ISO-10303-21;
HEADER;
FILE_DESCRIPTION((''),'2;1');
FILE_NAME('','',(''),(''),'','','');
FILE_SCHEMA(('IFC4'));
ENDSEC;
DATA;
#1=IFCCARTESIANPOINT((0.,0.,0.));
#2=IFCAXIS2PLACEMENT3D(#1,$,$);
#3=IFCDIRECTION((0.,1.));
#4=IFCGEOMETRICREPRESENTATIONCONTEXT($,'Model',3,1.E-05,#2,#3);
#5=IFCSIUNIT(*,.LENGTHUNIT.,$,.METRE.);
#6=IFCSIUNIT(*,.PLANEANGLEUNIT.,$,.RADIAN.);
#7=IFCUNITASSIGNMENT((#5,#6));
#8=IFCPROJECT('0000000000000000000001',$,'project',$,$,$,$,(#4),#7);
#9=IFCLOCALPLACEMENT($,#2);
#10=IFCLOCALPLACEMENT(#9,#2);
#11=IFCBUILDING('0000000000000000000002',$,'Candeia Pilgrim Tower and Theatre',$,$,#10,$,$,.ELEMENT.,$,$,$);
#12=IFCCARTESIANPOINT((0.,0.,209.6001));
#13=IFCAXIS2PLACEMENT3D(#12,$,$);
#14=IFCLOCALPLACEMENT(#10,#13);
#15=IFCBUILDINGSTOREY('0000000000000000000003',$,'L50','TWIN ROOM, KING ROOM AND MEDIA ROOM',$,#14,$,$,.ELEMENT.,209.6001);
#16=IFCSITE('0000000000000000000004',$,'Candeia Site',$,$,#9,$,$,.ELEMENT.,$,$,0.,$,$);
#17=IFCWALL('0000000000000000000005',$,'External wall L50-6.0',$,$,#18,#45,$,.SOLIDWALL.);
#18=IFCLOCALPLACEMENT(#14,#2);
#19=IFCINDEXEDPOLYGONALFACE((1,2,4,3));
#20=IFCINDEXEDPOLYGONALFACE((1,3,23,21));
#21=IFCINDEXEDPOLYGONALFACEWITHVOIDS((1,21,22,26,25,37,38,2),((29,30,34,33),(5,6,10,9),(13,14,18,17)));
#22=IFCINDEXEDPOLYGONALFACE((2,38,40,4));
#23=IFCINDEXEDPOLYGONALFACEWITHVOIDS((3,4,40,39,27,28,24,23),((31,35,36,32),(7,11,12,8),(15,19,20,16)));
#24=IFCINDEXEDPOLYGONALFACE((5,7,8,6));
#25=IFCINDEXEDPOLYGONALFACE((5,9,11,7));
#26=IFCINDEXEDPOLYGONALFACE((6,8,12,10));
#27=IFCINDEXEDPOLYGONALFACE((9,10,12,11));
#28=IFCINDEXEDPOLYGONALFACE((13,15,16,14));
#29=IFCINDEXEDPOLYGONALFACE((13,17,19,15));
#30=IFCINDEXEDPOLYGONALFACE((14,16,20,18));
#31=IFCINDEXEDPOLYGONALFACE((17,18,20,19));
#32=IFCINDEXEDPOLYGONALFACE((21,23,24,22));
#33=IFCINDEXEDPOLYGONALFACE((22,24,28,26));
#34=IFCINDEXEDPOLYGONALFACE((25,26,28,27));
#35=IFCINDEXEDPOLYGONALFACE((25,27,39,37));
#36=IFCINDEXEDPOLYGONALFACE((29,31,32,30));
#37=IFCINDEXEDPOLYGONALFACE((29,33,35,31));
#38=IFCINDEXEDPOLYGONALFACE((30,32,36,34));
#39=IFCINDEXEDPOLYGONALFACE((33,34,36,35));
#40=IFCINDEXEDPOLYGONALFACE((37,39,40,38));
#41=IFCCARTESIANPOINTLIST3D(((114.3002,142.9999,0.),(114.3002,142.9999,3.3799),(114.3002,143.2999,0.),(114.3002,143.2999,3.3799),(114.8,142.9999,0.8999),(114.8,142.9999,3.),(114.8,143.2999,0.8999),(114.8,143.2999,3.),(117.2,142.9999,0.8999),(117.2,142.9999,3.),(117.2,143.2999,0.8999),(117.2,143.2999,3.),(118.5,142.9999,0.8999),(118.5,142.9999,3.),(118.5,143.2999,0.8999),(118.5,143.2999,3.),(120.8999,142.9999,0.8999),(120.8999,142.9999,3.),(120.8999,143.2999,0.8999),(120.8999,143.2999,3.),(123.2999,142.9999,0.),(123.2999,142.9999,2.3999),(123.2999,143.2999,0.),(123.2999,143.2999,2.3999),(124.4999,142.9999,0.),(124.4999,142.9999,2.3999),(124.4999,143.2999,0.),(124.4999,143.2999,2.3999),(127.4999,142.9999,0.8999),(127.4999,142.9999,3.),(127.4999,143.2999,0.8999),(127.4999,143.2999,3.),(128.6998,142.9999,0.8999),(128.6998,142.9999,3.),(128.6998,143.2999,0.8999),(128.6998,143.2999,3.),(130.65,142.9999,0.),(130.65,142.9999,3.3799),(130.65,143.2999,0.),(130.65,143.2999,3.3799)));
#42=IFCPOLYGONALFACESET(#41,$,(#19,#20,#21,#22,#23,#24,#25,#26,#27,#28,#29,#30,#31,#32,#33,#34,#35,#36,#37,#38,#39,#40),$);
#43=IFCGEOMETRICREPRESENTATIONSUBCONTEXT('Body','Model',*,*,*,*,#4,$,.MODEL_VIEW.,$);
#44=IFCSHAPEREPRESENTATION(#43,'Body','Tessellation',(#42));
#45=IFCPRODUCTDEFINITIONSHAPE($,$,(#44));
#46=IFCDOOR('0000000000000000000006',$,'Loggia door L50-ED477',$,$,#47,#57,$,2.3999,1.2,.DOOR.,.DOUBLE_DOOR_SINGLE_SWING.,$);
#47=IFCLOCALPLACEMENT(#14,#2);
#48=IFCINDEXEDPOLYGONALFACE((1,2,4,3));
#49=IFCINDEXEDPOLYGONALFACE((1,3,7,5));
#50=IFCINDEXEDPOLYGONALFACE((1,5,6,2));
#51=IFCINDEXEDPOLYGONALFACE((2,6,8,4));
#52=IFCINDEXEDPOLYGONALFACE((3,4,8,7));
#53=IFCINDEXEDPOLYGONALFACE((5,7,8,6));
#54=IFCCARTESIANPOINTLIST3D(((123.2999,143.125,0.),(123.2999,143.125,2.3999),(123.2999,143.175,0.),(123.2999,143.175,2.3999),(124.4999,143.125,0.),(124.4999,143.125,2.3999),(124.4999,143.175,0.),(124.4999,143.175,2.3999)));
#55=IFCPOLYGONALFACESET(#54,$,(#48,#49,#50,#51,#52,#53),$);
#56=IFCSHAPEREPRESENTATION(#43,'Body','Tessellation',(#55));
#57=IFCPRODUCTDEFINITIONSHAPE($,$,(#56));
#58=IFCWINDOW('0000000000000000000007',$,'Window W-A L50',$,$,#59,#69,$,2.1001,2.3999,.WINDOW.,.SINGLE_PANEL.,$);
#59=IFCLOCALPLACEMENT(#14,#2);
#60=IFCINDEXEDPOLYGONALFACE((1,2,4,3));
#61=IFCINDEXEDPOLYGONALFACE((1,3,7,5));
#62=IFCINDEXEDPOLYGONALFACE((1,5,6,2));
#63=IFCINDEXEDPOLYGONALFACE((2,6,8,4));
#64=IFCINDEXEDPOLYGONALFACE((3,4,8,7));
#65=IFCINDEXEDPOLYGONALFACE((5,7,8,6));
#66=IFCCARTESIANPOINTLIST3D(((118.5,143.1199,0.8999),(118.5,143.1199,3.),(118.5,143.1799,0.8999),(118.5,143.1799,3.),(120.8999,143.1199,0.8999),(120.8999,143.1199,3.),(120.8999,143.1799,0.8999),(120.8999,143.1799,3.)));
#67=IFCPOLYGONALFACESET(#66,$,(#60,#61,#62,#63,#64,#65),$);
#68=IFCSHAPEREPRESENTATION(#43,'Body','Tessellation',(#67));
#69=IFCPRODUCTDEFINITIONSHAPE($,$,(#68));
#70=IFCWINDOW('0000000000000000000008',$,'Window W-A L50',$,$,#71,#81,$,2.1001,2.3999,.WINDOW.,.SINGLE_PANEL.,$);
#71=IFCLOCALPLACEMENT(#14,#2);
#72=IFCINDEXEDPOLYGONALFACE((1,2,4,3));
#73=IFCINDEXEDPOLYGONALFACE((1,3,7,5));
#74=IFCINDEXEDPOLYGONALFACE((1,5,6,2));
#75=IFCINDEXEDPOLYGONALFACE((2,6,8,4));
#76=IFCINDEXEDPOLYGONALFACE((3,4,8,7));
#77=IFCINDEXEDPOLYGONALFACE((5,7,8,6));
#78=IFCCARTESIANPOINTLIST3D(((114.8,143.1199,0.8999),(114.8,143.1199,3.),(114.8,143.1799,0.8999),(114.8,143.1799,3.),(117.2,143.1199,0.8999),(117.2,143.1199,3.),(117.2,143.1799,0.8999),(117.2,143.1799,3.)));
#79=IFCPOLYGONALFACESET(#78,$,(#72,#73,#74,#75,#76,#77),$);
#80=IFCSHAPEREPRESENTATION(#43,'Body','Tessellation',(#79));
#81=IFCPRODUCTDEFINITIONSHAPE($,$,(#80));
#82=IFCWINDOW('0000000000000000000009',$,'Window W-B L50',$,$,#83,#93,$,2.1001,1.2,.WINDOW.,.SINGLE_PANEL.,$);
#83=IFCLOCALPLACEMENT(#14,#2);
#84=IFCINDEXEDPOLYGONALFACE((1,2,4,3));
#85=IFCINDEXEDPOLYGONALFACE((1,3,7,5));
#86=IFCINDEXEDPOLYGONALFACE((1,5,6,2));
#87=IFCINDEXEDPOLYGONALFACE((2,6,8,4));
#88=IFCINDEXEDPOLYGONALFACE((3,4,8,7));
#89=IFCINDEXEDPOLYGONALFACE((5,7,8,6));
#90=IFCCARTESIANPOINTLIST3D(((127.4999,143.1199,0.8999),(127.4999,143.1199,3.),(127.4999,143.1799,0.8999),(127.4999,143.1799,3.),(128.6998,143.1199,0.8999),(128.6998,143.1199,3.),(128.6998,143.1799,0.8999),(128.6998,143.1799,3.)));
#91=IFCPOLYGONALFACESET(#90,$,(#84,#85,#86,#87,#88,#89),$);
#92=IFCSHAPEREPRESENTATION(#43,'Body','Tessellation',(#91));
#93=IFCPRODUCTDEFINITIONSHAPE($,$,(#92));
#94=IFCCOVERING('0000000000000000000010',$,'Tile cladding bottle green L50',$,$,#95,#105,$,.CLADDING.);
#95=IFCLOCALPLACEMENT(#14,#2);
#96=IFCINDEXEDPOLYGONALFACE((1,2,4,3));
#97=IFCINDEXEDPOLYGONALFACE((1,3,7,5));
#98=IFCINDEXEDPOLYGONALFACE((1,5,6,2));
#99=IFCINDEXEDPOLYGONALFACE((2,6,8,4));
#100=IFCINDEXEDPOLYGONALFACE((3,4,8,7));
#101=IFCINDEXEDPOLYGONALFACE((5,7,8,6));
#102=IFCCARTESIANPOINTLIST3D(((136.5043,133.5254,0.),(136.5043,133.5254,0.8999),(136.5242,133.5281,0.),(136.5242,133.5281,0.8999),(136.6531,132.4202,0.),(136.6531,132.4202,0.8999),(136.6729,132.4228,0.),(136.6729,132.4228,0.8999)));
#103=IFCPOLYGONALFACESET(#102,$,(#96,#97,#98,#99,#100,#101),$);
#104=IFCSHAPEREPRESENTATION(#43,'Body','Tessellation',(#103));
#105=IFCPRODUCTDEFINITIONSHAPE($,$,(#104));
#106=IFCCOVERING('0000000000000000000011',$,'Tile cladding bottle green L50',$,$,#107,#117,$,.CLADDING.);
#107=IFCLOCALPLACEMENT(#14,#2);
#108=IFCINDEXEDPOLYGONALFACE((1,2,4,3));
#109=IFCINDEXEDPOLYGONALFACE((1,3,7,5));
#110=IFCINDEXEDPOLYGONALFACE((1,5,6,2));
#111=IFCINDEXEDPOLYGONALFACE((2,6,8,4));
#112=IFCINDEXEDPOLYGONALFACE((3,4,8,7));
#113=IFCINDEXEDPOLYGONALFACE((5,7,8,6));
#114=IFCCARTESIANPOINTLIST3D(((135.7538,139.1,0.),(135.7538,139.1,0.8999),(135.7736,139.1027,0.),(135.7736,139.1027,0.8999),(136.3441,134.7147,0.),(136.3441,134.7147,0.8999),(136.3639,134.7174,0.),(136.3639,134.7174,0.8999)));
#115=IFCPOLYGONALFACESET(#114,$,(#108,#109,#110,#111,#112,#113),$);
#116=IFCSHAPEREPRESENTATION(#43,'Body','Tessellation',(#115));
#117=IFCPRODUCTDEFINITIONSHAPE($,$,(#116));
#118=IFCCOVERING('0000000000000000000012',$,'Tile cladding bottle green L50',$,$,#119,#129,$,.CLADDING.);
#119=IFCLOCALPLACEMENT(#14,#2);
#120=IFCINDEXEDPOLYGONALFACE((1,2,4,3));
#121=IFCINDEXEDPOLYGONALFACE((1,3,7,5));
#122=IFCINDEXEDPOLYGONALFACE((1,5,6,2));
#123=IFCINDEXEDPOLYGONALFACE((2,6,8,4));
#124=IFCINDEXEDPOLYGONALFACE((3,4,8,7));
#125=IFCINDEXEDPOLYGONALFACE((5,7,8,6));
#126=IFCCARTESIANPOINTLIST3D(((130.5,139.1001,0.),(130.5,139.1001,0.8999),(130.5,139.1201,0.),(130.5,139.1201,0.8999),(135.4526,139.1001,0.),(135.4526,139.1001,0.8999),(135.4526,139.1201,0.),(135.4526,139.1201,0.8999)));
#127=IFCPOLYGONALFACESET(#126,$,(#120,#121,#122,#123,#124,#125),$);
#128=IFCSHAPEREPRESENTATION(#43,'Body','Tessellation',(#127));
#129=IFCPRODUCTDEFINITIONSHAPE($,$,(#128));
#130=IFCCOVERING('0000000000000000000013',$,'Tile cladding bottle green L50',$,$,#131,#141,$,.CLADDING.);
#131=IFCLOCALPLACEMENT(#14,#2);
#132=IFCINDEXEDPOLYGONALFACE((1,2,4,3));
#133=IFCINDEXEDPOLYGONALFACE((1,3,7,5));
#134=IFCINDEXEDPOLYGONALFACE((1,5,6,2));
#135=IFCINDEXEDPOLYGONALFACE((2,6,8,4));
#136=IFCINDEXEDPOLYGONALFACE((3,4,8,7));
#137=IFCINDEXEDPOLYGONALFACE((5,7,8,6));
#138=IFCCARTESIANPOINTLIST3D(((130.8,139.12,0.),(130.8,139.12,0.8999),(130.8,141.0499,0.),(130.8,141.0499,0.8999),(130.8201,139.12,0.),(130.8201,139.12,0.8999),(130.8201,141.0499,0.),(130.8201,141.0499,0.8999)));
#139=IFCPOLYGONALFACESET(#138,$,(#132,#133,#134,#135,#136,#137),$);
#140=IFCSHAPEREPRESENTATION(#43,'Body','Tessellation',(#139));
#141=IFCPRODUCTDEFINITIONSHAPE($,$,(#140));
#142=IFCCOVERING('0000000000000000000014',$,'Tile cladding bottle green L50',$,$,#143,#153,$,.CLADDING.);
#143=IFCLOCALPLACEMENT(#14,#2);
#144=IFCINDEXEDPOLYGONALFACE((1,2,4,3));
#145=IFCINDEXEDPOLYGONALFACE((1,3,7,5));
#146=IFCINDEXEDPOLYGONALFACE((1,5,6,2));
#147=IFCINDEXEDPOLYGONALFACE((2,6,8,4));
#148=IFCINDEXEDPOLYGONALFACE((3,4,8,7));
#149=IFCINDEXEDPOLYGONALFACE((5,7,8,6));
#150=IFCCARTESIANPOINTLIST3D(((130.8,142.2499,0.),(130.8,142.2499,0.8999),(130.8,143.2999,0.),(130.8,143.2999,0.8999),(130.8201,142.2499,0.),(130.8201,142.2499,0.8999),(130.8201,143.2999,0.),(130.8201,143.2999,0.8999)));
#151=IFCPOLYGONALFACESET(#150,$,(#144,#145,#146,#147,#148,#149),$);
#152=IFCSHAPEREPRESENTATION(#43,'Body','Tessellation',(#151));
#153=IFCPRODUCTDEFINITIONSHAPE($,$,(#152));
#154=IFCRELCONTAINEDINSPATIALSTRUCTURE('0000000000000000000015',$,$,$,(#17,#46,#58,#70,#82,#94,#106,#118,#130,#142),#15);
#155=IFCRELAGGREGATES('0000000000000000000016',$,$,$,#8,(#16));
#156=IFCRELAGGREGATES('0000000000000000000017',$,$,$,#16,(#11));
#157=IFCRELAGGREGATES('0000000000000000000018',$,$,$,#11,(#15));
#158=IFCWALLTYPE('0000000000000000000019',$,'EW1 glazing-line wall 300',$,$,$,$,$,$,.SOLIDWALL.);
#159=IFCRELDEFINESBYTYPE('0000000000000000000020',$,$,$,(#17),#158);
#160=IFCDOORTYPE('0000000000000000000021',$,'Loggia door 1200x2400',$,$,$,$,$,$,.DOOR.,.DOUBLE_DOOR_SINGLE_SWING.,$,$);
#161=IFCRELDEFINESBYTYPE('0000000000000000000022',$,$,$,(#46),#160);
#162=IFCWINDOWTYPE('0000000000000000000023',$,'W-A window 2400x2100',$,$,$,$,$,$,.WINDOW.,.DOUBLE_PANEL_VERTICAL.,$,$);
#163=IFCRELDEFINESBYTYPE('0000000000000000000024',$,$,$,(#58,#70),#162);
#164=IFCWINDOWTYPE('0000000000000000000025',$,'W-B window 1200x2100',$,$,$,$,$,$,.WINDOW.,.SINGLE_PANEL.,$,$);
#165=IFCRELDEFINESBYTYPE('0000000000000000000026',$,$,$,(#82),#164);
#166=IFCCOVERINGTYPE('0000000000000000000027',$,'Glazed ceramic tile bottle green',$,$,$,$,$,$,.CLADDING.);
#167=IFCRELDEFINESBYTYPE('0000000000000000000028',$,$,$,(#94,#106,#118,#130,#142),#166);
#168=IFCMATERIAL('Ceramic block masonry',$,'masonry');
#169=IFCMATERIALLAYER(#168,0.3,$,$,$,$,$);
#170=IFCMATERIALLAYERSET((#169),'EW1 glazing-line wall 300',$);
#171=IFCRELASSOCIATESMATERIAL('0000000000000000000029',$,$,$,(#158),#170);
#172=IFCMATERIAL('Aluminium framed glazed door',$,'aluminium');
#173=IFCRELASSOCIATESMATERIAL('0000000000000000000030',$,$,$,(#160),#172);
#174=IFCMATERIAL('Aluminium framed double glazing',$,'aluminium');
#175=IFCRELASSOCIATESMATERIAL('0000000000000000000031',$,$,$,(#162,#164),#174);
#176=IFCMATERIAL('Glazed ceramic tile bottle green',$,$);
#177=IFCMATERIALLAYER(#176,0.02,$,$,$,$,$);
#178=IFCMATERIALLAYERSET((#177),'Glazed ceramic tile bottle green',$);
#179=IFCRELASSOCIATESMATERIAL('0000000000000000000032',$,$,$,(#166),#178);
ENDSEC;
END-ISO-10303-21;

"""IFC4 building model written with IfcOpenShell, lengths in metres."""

from ifc_helpers import new_model, si_unit, direction, frame, frame_2d, origin, origin_2d, place, context, subcontext, project, spatial, rectangle, extrude, material, layer, layer_set, type_object, element, fill, save


model = new_model("IFC4")

# Units and contexts
model_context = context("Model", 3, precision=1e-05, world=origin(), true_north=direction((0.0, 1.0)))
body_context = subcontext(model_context, "Body", "Model", "MODEL_VIEW")
ifc_project = project(units=[si_unit("LENGTHUNIT", "METRE"), si_unit("PLANEANGLEUNIT", "RADIAN")], contexts=[model_context])

# Site, building, storey
site_placement = place(None, origin())
site = spatial("IfcSite", under=ifc_project, at=site_placement, Name="Candeia Site", CompositionType="ELEMENT", RefElevation=0.0)
building_placement = place(site_placement, origin())
building = spatial("IfcBuilding", under=site, at=building_placement, Name="Candeia Pilgrim Tower and Theatre", CompositionType="ELEMENT")
storey_placement = place(building_placement, frame((0.0, 0.0, 209.6001)))
storey = spatial("IfcBuildingStorey", under=building, at=storey_placement, Name="L50", Description="TWIN ROOM, KING ROOM AND MEDIA ROOM", CompositionType="ELEMENT", Elevation=209.6001)

# Shared definitions
ifc_material_1 = material(Name="Ceramic block masonry", Category="masonry")
ifc_layer_1 = layer(ifc_material_1, 0.3)
ifc_layer_set_1 = layer_set([ifc_layer_1], Name="EW1 glazing-line wall 300")
wall_type = type_object("IfcWallType", Name="EW1 glazing-line wall 300", PredefinedType="SOLIDWALL", material=ifc_layer_set_1)
ifc_material_2 = material(Name="Aluminium framed glazed door", Category="aluminium")
door_type = type_object("IfcDoorType", Name="Loggia door 1200x2400", OperationType="DOUBLE_DOOR_SINGLE_SWING", PredefinedType="DOOR", material=ifc_material_2)
ifc_material_3 = material(Name="Aluminium framed double glazing", Category="aluminium")
window_type_1 = type_object("IfcWindowType", Name="W-A window 2400x2100", PartitioningType="DOUBLE_PANEL_VERTICAL", PredefinedType="WINDOW", material=ifc_material_3)

# Shared definitions
window_type_2 = type_object("IfcWindowType", Name="W-B window 1200x2100", PartitioningType="SINGLE_PANEL", PredefinedType="WINDOW", material=ifc_material_3)

# Wall, openings, door, windows
wall_1_placement = place(storey_placement, frame((130.6499, 143.1499, 0.0), z_axis=(0.0, 0.0, 1.0), x_axis=(-1.0, 0.0, 0.0)))
wall_1 = element("IfcWall", 1, at=wall_1_placement, inside=storey, type_object=wall_type, Name="External wall L50-6.0", PredefinedType="SOLIDWALL", context=body_context, shape_type="SweptSolid", body=[
    extrude(rectangle(XDim=16.3499, YDim=0.3, at=frame_2d((8.1748, 0.0))), origin(), (0.0, 0.0, 1.0), 3.3799),
])
opening_1_placement = place(wall_1_placement, frame((1.95, 0.0, 0.8999)))
opening_1 = element("IfcOpeningElement", 2, at=opening_1_placement, cuts=wall_1, PredefinedType="OPENING", context=body_context, shape_type="SweptSolid", body=[
    extrude(rectangle(XDim=1.2, YDim=2.1001, at=frame_2d((0.6001, 1.05))), frame((0.0, 0.1602, 0.0), z_axis=(0.0, -1.0, 0.0), x_axis=(1.0, 0.0, 0.0)), (0.0, 0.0, 1.0), 0.3201),
])
opening_2_placement = place(wall_1_placement, frame((6.1499, 0.0, 0.0)))
opening_2 = element("IfcOpeningElement", 3, at=opening_2_placement, cuts=wall_1, PredefinedType="OPENING", context=body_context, shape_type="SweptSolid", body=[
    extrude(rectangle(XDim=1.2, YDim=2.3999, at=frame_2d((0.6001, 1.2))), frame((0.0, 0.1602, 0.0), z_axis=(0.0, -1.0, 0.0), x_axis=(1.0, 0.0, 0.0)), (0.0, 0.0, 1.0), 0.3201),
])
opening_3_placement = place(wall_1_placement, frame((9.75, 0.0, 0.8999)))
opening_3 = element("IfcOpeningElement", 4, at=opening_3_placement, cuts=wall_1, PredefinedType="OPENING", context=body_context, shape_type="SweptSolid", body=[
    extrude(rectangle(XDim=2.3999, YDim=2.1001, at=frame_2d((1.2, 1.05))), frame((0.0, 0.1602, 0.0), z_axis=(0.0, -1.0, 0.0), x_axis=(1.0, 0.0, 0.0)), (0.0, 0.0, 1.0), 0.3201),
])
opening_4_placement = place(wall_1_placement, frame((13.45, 0.0, 0.8999)))
opening_4 = element("IfcOpeningElement", 5, at=opening_4_placement, cuts=wall_1, PredefinedType="OPENING", context=body_context, shape_type="SweptSolid", body=[
    extrude(rectangle(XDim=2.3999, YDim=2.1001, at=frame_2d((1.2, 1.05))), frame((0.0, 0.1602, 0.0), z_axis=(0.0, -1.0, 0.0), x_axis=(1.0, 0.0, 0.0)), (0.0, 0.0, 1.0), 0.3201),
])
door_1_placement = place(opening_2_placement, origin())
door_1 = element("IfcDoor", 6, at=door_1_placement, inside=storey, type_object=door_type, Name="Loggia door L50-ED477", OperationType="DOUBLE_DOOR_SINGLE_SWING", OverallHeight=2.3999, OverallWidth=1.2, PredefinedType="DOOR", context=body_context, shape_type="SweptSolid", body=[
    extrude(rectangle(XDim=1.2, YDim=2.3999, at=frame_2d((0.6001, 1.2))), frame((0.0, 0.0249, 0.0), z_axis=(0.0, -1.0, 0.0), x_axis=(1.0, 0.0, 0.0)), (0.0, 0.0, 1.0), 0.05),
])
fill(opening_2, door_1)
window_1_placement = place(opening_3_placement, origin())
window_1 = element("IfcWindow", 7, at=window_1_placement, inside=storey, type_object=window_type_1, Name="Window W-A L50", OverallHeight=2.1001, OverallWidth=2.3999, PartitioningType="SINGLE_PANEL", PredefinedType="WINDOW", context=body_context, shape_type="SweptSolid", body=[
    extrude(rectangle(XDim=2.3999, YDim=2.1001, at=frame_2d((1.2, 1.05))), frame((0.0, 0.03, 0.0), z_axis=(0.0, -1.0, 0.0), x_axis=(1.0, 0.0, 0.0)), (0.0, 0.0, 1.0), 0.0601),
])
fill(opening_3, window_1)
window_2_placement = place(opening_4_placement, origin())
window_2 = element("IfcWindow", 8, at=window_2_placement, inside=storey, type_object=window_type_1, Name="Window W-A L50", OverallHeight=2.1001, OverallWidth=2.3999, PartitioningType="SINGLE_PANEL", PredefinedType="WINDOW", context=body_context, shape_type="SweptSolid", body=[
    extrude(rectangle(XDim=2.3999, YDim=2.1001, at=frame_2d((1.2, 1.05))), frame((0.0, 0.03, 0.0), z_axis=(0.0, -1.0, 0.0), x_axis=(1.0, 0.0, 0.0)), (0.0, 0.0, 1.0), 0.0601),
])
fill(opening_4, window_2)
window_3_placement = place(opening_1_placement, origin())
window_3 = element("IfcWindow", 9, at=window_3_placement, inside=storey, type_object=window_type_2, Name="Window W-B L50", OverallHeight=2.1001, OverallWidth=1.2, PartitioningType="SINGLE_PANEL", PredefinedType="WINDOW", context=body_context, shape_type="SweptSolid", body=[
    extrude(rectangle(XDim=1.2, YDim=2.1001, at=frame_2d((0.6001, 1.05))), frame((0.0, 0.03, 0.0), z_axis=(0.0, -1.0, 0.0), x_axis=(1.0, 0.0, 0.0)), (0.0, 0.0, 1.0), 0.0601),
])
fill(opening_1, window_3)

# Coverings
ifc_material_4 = material(Name="Glazed ceramic tile bottle green")
ifc_layer_2 = layer(ifc_material_4, 0.02)
ifc_layer_set_2 = layer_set([ifc_layer_2], Name="Glazed ceramic tile bottle green")
covering_type = type_object("IfcCoveringType", Name="Glazed ceramic tile bottle green", PredefinedType="CLADDING", material=ifc_layer_set_2)
covering_1_placement = place(storey_placement, frame((136.5886, 132.9741, 0.0), z_axis=(0.0, 0.0, 1.0), x_axis=(-0.133412, 0.991061, 0.0)))
element("IfcCovering", 10, at=covering_1_placement, inside=storey, type_object=covering_type, Name="Tile cladding bottle green L50", PredefinedType="CLADDING", context=body_context, shape_type="SweptSolid", body=[
    extrude(rectangle(XDim=1.1152, YDim=0.02, at=origin_2d()), origin(), (0.0, 0.0, 1.0), 0.8999),
])
covering_2_placement = place(storey_placement, frame((136.0588, 136.9087, 0.0), z_axis=(0.0, 0.0, 1.0), x_axis=(-0.133412, 0.991061, 0.0)))
element("IfcCovering", 11, at=covering_2_placement, inside=storey, type_object=covering_type, Name="Tile cladding bottle green L50", PredefinedType="CLADDING", context=body_context, shape_type="SweptSolid", body=[
    extrude(rectangle(XDim=4.4248, YDim=0.02, at=origin_2d()), origin(), (0.0, 0.0, 1.0), 0.8999),
])
covering_3_placement = place(storey_placement, frame((132.9763, 139.1101, 0.0), z_axis=(0.0, 0.0, 1.0), x_axis=(-1.0, 0.0, 0.0)))
element("IfcCovering", 12, at=covering_3_placement, inside=storey, type_object=covering_type, Name="Tile cladding bottle green L50", PredefinedType="CLADDING", context=body_context, shape_type="SweptSolid", body=[
    extrude(rectangle(XDim=4.9526, YDim=0.02, at=origin_2d()), origin(), (0.0, 0.0, 1.0), 0.8999),
])
covering_4_placement = place(storey_placement, frame((130.8101, 140.085, 0.0), z_axis=(0.0, 0.0, 1.0), x_axis=(0.0, 1.0, 0.0)))
element("IfcCovering", 13, at=covering_4_placement, inside=storey, type_object=covering_type, Name="Tile cladding bottle green L50", PredefinedType="CLADDING", context=body_context, shape_type="SweptSolid", body=[
    extrude(rectangle(XDim=1.9299, YDim=0.02, at=origin_2d()), origin(), (0.0, 0.0, 1.0), 0.8999),
])
covering_5_placement = place(storey_placement, frame((130.8101, 142.7749, 0.0), z_axis=(0.0, 0.0, 1.0), x_axis=(0.0, 1.0, 0.0)))
element("IfcCovering", 14, at=covering_5_placement, inside=storey, type_object=covering_type, Name="Tile cladding bottle green L50", PredefinedType="CLADDING", context=body_context, shape_type="SweptSolid", body=[
    extrude(rectangle(XDim=1.05, YDim=0.02, at=origin_2d()), origin(), (0.0, 0.0, 1.0), 0.8999),
])

save(model, "model.ifc")
